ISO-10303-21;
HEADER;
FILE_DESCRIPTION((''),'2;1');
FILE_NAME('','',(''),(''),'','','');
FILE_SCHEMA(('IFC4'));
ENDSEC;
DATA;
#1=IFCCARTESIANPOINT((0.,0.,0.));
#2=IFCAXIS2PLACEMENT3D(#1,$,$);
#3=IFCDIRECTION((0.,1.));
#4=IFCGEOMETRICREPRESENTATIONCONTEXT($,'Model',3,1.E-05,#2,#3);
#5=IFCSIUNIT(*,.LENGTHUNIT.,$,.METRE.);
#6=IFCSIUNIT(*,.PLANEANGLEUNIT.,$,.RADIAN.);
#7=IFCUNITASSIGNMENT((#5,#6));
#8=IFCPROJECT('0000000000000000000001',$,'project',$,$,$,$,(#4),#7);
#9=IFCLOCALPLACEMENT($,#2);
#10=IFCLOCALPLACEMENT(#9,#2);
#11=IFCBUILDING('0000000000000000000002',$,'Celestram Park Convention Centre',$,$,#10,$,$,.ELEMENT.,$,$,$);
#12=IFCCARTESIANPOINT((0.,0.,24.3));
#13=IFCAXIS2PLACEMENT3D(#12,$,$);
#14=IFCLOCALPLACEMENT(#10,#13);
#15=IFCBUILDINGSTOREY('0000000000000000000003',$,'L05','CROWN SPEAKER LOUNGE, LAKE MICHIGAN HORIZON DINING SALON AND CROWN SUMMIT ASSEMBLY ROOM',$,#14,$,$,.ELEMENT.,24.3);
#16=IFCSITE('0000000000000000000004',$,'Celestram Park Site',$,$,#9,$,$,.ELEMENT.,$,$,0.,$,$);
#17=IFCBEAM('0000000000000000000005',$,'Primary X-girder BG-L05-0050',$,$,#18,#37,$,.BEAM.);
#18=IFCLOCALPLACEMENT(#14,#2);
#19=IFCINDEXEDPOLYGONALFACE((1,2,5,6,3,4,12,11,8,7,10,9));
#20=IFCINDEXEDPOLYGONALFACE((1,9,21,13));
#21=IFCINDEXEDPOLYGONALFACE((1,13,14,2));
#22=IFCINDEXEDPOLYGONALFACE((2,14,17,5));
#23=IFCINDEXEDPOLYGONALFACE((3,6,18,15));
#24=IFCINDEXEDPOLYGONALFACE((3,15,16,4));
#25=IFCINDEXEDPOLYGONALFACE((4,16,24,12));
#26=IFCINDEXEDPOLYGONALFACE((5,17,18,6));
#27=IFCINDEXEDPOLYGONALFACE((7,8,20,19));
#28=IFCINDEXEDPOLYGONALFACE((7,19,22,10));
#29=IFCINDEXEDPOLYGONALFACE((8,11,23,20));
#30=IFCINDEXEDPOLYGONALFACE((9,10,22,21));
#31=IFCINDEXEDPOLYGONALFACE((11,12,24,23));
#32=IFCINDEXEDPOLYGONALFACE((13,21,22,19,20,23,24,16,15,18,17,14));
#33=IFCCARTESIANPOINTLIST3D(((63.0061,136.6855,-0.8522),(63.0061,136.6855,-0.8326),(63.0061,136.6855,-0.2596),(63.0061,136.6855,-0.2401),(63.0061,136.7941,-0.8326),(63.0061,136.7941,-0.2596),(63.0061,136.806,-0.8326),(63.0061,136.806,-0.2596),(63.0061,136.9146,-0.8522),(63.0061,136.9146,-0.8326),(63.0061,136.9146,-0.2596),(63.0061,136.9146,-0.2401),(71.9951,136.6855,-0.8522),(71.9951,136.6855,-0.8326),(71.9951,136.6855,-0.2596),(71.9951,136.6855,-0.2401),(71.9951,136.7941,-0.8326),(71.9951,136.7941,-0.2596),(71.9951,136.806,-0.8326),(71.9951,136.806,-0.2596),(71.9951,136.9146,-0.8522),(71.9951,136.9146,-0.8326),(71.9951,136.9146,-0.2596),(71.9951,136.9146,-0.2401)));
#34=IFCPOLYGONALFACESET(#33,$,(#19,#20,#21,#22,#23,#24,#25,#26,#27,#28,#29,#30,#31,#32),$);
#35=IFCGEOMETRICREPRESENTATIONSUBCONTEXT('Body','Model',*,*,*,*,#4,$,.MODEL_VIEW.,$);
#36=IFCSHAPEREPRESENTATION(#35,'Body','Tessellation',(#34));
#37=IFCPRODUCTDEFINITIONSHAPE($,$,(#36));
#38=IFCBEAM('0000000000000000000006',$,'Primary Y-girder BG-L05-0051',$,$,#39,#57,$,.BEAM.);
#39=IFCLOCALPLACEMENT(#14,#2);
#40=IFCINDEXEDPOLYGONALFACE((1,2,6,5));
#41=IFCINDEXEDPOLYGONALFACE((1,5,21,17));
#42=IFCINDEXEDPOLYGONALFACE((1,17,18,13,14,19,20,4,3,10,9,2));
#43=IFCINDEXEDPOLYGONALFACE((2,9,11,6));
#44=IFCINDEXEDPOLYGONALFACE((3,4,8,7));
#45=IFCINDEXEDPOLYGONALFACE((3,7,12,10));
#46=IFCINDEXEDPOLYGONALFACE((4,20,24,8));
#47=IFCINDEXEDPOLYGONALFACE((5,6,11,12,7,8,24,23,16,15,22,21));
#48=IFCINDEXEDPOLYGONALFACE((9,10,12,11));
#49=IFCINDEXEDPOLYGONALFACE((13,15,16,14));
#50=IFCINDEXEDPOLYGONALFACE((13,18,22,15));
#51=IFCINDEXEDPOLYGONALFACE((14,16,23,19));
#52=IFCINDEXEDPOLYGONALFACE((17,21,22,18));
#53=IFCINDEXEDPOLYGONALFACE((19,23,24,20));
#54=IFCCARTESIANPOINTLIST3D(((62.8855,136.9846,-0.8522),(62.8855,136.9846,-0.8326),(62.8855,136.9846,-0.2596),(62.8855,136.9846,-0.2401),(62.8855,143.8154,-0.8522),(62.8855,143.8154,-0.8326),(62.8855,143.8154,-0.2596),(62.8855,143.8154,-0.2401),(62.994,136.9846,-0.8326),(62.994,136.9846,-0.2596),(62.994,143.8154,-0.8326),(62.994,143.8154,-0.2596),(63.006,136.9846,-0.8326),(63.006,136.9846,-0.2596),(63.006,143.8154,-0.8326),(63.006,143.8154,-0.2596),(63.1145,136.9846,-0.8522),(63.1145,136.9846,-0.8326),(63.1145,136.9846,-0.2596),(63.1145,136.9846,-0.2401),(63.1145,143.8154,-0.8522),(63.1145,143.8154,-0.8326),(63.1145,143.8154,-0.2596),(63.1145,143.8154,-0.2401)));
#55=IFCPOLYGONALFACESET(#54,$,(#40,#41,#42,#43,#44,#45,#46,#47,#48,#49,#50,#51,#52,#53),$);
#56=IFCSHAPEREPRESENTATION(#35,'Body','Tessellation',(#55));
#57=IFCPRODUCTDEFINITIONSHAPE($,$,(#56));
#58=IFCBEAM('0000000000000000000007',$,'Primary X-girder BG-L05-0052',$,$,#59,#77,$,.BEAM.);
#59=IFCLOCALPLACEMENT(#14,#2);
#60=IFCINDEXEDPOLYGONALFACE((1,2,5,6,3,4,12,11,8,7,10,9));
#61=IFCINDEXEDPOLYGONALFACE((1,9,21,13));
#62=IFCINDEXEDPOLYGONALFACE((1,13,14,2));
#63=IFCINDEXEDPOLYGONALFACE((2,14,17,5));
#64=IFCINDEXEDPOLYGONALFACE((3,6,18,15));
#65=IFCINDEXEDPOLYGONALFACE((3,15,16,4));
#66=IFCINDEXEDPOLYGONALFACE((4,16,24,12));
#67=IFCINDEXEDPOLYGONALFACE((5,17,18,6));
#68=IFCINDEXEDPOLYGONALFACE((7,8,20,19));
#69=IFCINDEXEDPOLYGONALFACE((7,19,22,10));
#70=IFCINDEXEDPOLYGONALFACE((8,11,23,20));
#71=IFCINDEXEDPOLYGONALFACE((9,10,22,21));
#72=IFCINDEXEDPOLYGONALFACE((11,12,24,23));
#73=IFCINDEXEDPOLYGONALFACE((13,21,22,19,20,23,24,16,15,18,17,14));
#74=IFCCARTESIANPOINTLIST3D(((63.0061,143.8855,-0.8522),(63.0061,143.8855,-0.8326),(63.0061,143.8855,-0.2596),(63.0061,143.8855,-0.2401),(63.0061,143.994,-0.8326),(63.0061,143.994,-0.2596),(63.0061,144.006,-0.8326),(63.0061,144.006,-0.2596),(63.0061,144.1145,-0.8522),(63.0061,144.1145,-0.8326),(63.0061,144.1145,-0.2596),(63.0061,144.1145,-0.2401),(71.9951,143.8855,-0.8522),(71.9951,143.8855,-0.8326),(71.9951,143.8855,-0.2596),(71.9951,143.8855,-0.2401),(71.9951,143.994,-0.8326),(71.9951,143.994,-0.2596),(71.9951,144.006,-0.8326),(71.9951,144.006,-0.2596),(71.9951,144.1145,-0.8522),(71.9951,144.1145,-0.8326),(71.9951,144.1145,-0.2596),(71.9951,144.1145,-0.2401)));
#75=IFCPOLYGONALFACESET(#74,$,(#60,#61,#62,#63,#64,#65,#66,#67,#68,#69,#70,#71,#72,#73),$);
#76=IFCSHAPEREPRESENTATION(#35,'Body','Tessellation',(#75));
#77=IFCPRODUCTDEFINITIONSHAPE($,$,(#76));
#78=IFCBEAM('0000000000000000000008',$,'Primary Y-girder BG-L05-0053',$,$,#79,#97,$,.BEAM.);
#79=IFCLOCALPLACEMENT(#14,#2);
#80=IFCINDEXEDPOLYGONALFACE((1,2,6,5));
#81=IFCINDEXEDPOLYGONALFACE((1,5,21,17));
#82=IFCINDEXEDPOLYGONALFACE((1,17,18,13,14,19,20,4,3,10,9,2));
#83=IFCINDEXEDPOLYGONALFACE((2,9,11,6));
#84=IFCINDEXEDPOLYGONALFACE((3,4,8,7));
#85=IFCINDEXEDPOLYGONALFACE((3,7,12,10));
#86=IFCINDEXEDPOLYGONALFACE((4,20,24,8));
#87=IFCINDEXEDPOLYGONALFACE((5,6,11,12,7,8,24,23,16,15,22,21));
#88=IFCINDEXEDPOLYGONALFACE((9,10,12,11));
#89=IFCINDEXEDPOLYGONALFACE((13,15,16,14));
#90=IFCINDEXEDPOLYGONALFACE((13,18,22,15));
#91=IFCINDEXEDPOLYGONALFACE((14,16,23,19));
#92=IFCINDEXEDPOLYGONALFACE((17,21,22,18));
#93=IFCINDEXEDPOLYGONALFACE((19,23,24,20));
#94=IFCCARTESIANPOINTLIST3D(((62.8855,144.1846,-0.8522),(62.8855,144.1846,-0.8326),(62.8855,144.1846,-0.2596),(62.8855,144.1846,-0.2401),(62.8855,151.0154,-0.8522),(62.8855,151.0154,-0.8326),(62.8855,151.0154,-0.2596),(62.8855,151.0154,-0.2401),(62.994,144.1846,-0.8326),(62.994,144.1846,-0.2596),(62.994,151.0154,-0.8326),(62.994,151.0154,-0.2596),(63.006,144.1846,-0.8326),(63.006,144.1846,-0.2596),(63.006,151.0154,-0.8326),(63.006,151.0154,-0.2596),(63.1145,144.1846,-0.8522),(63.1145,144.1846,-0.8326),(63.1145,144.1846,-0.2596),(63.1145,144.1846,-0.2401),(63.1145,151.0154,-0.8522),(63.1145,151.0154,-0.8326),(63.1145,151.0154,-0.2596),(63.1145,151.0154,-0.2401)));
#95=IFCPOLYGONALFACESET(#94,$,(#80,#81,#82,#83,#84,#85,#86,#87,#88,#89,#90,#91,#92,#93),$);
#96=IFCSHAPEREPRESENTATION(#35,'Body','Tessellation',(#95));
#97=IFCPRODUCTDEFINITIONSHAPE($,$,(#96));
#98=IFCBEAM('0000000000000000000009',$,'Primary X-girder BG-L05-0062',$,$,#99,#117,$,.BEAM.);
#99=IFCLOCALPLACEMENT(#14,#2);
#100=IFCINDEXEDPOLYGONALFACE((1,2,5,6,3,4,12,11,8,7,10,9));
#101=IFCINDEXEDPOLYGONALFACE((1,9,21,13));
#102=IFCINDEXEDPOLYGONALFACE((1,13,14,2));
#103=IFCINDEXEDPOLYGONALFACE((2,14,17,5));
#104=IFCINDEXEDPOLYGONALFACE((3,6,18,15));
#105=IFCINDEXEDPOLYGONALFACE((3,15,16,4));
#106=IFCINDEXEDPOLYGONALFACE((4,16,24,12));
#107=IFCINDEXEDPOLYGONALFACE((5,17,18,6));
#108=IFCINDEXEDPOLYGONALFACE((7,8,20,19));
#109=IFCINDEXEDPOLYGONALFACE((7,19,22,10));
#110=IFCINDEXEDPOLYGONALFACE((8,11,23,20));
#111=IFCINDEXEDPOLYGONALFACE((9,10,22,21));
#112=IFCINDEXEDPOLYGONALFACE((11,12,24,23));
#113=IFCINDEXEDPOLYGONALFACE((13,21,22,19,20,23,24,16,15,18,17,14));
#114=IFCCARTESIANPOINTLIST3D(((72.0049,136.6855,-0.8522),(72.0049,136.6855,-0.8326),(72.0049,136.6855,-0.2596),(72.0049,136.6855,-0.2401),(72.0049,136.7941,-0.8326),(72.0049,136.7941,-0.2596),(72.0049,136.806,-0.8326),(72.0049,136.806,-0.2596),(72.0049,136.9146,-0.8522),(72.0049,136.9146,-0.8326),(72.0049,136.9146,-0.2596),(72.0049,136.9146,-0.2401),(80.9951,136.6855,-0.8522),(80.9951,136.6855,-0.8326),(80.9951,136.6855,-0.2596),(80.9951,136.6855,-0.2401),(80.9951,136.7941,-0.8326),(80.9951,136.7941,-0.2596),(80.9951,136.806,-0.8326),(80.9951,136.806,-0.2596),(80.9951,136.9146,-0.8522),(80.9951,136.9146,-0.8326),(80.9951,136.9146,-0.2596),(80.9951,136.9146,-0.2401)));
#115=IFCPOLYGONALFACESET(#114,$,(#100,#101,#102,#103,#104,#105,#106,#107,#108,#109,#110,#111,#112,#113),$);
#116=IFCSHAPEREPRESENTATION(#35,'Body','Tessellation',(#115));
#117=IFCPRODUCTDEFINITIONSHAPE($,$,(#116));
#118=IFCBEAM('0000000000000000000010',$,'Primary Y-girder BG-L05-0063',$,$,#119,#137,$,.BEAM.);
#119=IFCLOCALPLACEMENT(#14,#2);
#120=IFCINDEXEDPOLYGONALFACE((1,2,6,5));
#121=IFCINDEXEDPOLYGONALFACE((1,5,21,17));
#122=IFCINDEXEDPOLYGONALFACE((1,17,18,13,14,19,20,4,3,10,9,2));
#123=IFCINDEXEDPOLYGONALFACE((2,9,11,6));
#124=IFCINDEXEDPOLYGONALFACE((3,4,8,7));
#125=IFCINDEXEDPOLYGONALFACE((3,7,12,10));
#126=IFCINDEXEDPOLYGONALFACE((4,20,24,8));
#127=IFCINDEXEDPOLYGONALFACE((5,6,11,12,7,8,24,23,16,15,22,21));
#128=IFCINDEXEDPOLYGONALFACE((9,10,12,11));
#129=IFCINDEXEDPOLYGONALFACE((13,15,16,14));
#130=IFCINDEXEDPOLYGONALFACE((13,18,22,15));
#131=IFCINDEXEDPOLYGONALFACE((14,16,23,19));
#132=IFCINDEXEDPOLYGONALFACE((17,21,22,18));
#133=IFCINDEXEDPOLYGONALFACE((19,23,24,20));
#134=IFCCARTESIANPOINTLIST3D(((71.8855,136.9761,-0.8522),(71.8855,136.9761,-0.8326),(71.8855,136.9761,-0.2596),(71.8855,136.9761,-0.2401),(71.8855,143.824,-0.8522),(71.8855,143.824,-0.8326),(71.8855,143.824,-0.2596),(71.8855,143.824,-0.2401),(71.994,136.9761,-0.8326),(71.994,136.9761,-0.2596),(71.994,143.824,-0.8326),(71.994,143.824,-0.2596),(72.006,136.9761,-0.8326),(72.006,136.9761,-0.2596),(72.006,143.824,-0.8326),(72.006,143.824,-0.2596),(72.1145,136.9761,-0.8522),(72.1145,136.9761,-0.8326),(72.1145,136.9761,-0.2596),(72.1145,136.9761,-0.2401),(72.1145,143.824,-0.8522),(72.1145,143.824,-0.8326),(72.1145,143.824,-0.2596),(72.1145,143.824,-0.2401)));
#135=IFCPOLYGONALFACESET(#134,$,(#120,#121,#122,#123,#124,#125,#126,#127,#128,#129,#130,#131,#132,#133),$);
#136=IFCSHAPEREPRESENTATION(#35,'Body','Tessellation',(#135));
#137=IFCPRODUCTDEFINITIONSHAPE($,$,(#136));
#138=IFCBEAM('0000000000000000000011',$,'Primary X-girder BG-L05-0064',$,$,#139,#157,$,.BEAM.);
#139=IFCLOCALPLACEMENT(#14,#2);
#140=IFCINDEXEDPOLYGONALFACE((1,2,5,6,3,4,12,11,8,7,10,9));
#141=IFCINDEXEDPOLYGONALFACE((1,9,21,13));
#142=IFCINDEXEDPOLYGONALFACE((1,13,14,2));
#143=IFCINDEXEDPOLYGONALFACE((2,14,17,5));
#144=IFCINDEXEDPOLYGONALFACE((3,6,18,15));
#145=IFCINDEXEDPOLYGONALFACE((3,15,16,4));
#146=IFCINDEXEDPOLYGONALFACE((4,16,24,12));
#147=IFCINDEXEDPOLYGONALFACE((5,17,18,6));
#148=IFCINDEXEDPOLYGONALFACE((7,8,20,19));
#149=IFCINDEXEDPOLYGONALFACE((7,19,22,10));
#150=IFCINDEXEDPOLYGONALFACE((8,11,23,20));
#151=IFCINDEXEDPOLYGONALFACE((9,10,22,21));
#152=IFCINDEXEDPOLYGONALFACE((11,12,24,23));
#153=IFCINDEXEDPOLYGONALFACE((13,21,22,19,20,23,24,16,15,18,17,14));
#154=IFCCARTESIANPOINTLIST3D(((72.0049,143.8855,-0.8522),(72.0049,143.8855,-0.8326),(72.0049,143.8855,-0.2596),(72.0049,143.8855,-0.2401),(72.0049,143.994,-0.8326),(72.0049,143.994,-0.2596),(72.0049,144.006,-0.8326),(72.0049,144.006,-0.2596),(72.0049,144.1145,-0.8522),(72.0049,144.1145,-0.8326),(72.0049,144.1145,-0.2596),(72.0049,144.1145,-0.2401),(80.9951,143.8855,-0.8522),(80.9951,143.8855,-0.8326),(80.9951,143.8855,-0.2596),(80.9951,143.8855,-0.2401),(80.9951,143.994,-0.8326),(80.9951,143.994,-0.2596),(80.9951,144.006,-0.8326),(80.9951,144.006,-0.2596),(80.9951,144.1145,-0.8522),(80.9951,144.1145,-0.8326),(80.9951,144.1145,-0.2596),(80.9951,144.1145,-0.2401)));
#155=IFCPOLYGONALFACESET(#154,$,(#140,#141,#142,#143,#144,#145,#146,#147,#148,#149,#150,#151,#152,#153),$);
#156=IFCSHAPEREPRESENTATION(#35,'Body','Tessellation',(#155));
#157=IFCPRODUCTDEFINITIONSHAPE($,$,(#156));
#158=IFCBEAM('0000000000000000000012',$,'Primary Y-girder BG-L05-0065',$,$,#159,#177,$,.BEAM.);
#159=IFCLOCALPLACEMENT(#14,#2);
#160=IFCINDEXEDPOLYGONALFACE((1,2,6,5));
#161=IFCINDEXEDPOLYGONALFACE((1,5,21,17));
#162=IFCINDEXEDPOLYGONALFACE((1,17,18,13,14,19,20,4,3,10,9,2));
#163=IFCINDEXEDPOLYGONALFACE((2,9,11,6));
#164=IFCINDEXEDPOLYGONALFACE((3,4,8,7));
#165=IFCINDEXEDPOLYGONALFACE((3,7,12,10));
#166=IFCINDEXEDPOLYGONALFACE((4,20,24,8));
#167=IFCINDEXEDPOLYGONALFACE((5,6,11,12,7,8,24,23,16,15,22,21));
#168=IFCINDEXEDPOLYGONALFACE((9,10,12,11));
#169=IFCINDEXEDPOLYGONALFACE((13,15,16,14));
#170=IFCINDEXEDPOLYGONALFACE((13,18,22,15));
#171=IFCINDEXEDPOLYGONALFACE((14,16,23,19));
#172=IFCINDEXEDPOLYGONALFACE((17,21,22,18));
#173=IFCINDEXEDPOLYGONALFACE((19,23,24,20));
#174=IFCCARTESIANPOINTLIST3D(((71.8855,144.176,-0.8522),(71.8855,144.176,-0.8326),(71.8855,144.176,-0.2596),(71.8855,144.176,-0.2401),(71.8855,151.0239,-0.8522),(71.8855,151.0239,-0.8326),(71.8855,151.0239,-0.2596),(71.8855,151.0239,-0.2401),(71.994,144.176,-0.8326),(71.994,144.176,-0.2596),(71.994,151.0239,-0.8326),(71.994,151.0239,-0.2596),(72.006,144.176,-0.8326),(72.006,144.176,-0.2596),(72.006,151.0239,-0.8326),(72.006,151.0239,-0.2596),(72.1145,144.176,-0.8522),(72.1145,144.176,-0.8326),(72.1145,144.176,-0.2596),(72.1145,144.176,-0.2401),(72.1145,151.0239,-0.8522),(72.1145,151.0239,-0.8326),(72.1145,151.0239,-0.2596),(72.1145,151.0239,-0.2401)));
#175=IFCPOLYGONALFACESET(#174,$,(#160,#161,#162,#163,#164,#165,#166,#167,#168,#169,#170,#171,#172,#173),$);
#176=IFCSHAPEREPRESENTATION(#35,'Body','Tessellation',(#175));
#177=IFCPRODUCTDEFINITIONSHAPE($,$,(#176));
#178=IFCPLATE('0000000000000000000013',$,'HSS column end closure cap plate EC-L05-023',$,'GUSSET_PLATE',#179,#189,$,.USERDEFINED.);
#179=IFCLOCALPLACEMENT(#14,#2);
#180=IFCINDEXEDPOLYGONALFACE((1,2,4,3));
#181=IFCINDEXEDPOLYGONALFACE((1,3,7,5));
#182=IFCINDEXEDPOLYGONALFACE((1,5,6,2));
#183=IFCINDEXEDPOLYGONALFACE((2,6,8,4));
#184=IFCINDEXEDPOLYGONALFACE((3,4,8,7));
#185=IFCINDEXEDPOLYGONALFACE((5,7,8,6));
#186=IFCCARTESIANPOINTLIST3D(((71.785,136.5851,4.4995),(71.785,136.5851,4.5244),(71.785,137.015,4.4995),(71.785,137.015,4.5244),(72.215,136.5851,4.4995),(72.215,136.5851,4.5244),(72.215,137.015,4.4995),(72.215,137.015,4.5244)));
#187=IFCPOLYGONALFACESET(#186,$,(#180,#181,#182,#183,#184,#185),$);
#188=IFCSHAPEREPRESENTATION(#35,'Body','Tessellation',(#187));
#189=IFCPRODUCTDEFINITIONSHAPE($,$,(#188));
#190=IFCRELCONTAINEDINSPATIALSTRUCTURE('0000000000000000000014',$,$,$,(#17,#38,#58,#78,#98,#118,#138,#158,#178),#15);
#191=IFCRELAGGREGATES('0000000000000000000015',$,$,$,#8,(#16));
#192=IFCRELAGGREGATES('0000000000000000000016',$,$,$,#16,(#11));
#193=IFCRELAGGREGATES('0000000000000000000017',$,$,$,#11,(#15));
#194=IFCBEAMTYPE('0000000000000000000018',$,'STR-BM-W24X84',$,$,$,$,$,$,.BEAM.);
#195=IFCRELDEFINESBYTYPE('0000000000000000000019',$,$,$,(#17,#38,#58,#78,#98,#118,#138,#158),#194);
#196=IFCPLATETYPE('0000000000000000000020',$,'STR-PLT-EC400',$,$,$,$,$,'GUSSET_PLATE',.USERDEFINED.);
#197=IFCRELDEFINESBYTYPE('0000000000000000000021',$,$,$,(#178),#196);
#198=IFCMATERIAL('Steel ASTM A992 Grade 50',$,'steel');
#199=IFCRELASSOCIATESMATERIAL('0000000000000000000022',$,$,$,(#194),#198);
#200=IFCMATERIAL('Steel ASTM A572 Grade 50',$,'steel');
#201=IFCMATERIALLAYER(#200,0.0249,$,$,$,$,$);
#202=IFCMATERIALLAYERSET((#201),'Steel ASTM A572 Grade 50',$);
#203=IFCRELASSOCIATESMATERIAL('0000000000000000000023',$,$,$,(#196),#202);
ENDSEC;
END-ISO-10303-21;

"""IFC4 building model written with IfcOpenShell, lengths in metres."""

from ifc_helpers import new_model, si_unit, direction, frame, origin, origin_2d, place, context, subcontext, project, spatial, rectangle, i_section, extrude, material, layer, layer_set, material_profile, profile_set, type_object, element, save


model = new_model("IFC4")

# Units and contexts
model_context = context("Model", 3, precision=1e-05, world=origin(), true_north=direction((0.0, 1.0)))
body_context = subcontext(model_context, "Body", "Model", "MODEL_VIEW")
ifc_project = project(units=[si_unit("LENGTHUNIT", "METRE"), si_unit("PLANEANGLEUNIT", "RADIAN")], contexts=[model_context])

# Site, building, storey
site_placement = place(None, origin())
site = spatial("IfcSite", under=ifc_project, at=site_placement, Name="Celestram Park Site", CompositionType="ELEMENT", RefElevation=0.0)
building_placement = place(site_placement, origin())
building = spatial("IfcBuilding", under=site, at=building_placement, Name="Celestram Park Convention Centre", CompositionType="ELEMENT")
storey_placement = place(building_placement, frame((0.0, 0.0, 24.3)))
storey = spatial("IfcBuildingStorey", under=building, at=storey_placement, Name="L05", Description="CROWN SPEAKER LOUNGE, LAKE MICHIGAN HORIZON DINING SALON AND CROWN SUMMIT ASSEMBLY ROOM", CompositionType="ELEMENT", Elevation=24.3)

# Shared definitions
ifc_material_1 = material(Name="Steel ASTM A992 Grade 50", Category="steel")

# Beams
ifc_material_profile_1 = material_profile(ifc_material_1, i_section(OverallWidth=0.229, OverallDepth=0.6121, WebThickness=0.012, FlangeThickness=0.0195, at=origin_2d()), Name="W24X84")
ifc_profile_set_1 = profile_set([ifc_material_profile_1], Name="Steel ASTM A992 Grade 50")
beam_type = type_object("IfcBeamType", Name="STR-BM-W24X84", PredefinedType="BEAM", material=ifc_profile_set_1)
beam_1_placement = place(storey_placement, frame((63.0061, 136.8, -0.5461), z_axis=(1.0, 0.0, 0.0), x_axis=(0.0, 1.0, 0.0)))
element("IfcBeam", 1, at=beam_1_placement, inside=storey, type_object=beam_type, Name="Primary X-girder BG-L05-0050", PredefinedType="BEAM", context=body_context, shape_type="SweptSolid", body=[
    extrude(i_section(OverallWidth=0.229, OverallDepth=0.6121, WebThickness=0.012, FlangeThickness=0.0195, at=origin_2d()), origin(), (0.0, 0.0, 1.0), 8.989),
])
beam_2_placement = place(storey_placement, frame((63.0, 136.9846, -0.5461), z_axis=(0.0, 1.0, 0.0), x_axis=(-1.0, 0.0, 0.0)))
element("IfcBeam", 2, at=beam_2_placement, inside=storey, type_object=beam_type, Name="Primary Y-girder BG-L05-0051", PredefinedType="BEAM", context=body_context, shape_type="SweptSolid", body=[
    extrude(i_section(OverallWidth=0.229, OverallDepth=0.6121, WebThickness=0.012, FlangeThickness=0.0195, at=origin_2d()), origin(), (0.0, 0.0, 1.0), 6.8308),
])
beam_3_placement = place(storey_placement, frame((63.0061, 144.0, -0.5461), z_axis=(1.0, 0.0, 0.0), x_axis=(0.0, 1.0, 0.0)))
element("IfcBeam", 3, at=beam_3_placement, inside=storey, type_object=beam_type, Name="Primary X-girder BG-L05-0052", PredefinedType="BEAM", context=body_context, shape_type="SweptSolid", body=[
    extrude(i_section(OverallWidth=0.229, OverallDepth=0.6121, WebThickness=0.012, FlangeThickness=0.0195, at=origin_2d()), origin(), (0.0, 0.0, 1.0), 8.989),
])
beam_4_placement = place(storey_placement, frame((63.0, 144.1846, -0.5461), z_axis=(0.0, 1.0, 0.0), x_axis=(-1.0, 0.0, 0.0)))
element("IfcBeam", 4, at=beam_4_placement, inside=storey, type_object=beam_type, Name="Primary Y-girder BG-L05-0053", PredefinedType="BEAM", context=body_context, shape_type="SweptSolid", body=[
    extrude(i_section(OverallWidth=0.229, OverallDepth=0.6121, WebThickness=0.012, FlangeThickness=0.0195, at=origin_2d()), origin(), (0.0, 0.0, 1.0), 6.8308),
])
beam_5_placement = place(storey_placement, frame((72.0049, 136.8, -0.5461), z_axis=(1.0, 0.0, 0.0), x_axis=(0.0, 1.0, 0.0)))
element("IfcBeam", 5, at=beam_5_placement, inside=storey, type_object=beam_type, Name="Primary X-girder BG-L05-0062", PredefinedType="BEAM", context=body_context, shape_type="SweptSolid", body=[
    extrude(i_section(OverallWidth=0.229, OverallDepth=0.6121, WebThickness=0.012, FlangeThickness=0.0195, at=origin_2d()), origin(), (0.0, 0.0, 1.0), 8.9902),
])
beam_6_placement = place(storey_placement, frame((72.0, 136.9761, -0.5461), z_axis=(0.0, 1.0, 0.0), x_axis=(-1.0, 0.0, 0.0)))
element("IfcBeam", 6, at=beam_6_placement, inside=storey, type_object=beam_type, Name="Primary Y-girder BG-L05-0063", PredefinedType="BEAM", context=body_context, shape_type="SweptSolid", body=[
    extrude(i_section(OverallWidth=0.229, OverallDepth=0.6121, WebThickness=0.012, FlangeThickness=0.0195, at=origin_2d()), origin(), (0.0, 0.0, 1.0), 6.8479),
])
beam_7_placement = place(storey_placement, frame((72.0049, 144.0, -0.5461), z_axis=(1.0, 0.0, 0.0), x_axis=(0.0, 1.0, 0.0)))
element("IfcBeam", 7, at=beam_7_placement, inside=storey, type_object=beam_type, Name="Primary X-girder BG-L05-0064", PredefinedType="BEAM", context=body_context, shape_type="SweptSolid", body=[
    extrude(i_section(OverallWidth=0.229, OverallDepth=0.6121, WebThickness=0.012, FlangeThickness=0.0195, at=origin_2d()), origin(), (0.0, 0.0, 1.0), 8.9902),
])
beam_8_placement = place(storey_placement, frame((72.0, 144.176, -0.5461), z_axis=(0.0, 1.0, 0.0), x_axis=(-1.0, 0.0, 0.0)))
element("IfcBeam", 8, at=beam_8_placement, inside=storey, type_object=beam_type, Name="Primary Y-girder BG-L05-0065", PredefinedType="BEAM", context=body_context, shape_type="SweptSolid", body=[
    extrude(i_section(OverallWidth=0.229, OverallDepth=0.6121, WebThickness=0.012, FlangeThickness=0.0195, at=origin_2d()), origin(), (0.0, 0.0, 1.0), 6.8479),
])

# Plate
ifc_material_2 = material(Name="Steel ASTM A572 Grade 50", Category="steel")
ifc_layer_1 = layer(ifc_material_2, 0.0249)
ifc_layer_set_1 = layer_set([ifc_layer_1], Name="Steel ASTM A572 Grade 50")
plate_type = type_object("IfcPlateType", Name="STR-PLT-EC400", ElementType="GUSSET_PLATE", PredefinedType="USERDEFINED", material=ifc_layer_set_1)
for number, where, z_axis, x_axis, name in (
    (9, (72.0, 136.8, 4.4995), (0.0, 0.0, 1.0), (1.0, 0.0, 0.0), "HSS column end closure cap plate EC-L05-023"),
):
    element("IfcPlate", number, at=place(storey_placement, frame(where, z_axis=z_axis, x_axis=x_axis)), inside=storey, type_object=plate_type, Name=name, ObjectType="GUSSET_PLATE", PredefinedType="USERDEFINED", context=body_context, shape_type="SweptSolid", body=[
        extrude(rectangle(XDim=0.4299, YDim=0.4299, at=origin_2d()), origin(), (0.0, 0.0, 1.0), 0.0249),
    ])

save(model, "model.ifc")
